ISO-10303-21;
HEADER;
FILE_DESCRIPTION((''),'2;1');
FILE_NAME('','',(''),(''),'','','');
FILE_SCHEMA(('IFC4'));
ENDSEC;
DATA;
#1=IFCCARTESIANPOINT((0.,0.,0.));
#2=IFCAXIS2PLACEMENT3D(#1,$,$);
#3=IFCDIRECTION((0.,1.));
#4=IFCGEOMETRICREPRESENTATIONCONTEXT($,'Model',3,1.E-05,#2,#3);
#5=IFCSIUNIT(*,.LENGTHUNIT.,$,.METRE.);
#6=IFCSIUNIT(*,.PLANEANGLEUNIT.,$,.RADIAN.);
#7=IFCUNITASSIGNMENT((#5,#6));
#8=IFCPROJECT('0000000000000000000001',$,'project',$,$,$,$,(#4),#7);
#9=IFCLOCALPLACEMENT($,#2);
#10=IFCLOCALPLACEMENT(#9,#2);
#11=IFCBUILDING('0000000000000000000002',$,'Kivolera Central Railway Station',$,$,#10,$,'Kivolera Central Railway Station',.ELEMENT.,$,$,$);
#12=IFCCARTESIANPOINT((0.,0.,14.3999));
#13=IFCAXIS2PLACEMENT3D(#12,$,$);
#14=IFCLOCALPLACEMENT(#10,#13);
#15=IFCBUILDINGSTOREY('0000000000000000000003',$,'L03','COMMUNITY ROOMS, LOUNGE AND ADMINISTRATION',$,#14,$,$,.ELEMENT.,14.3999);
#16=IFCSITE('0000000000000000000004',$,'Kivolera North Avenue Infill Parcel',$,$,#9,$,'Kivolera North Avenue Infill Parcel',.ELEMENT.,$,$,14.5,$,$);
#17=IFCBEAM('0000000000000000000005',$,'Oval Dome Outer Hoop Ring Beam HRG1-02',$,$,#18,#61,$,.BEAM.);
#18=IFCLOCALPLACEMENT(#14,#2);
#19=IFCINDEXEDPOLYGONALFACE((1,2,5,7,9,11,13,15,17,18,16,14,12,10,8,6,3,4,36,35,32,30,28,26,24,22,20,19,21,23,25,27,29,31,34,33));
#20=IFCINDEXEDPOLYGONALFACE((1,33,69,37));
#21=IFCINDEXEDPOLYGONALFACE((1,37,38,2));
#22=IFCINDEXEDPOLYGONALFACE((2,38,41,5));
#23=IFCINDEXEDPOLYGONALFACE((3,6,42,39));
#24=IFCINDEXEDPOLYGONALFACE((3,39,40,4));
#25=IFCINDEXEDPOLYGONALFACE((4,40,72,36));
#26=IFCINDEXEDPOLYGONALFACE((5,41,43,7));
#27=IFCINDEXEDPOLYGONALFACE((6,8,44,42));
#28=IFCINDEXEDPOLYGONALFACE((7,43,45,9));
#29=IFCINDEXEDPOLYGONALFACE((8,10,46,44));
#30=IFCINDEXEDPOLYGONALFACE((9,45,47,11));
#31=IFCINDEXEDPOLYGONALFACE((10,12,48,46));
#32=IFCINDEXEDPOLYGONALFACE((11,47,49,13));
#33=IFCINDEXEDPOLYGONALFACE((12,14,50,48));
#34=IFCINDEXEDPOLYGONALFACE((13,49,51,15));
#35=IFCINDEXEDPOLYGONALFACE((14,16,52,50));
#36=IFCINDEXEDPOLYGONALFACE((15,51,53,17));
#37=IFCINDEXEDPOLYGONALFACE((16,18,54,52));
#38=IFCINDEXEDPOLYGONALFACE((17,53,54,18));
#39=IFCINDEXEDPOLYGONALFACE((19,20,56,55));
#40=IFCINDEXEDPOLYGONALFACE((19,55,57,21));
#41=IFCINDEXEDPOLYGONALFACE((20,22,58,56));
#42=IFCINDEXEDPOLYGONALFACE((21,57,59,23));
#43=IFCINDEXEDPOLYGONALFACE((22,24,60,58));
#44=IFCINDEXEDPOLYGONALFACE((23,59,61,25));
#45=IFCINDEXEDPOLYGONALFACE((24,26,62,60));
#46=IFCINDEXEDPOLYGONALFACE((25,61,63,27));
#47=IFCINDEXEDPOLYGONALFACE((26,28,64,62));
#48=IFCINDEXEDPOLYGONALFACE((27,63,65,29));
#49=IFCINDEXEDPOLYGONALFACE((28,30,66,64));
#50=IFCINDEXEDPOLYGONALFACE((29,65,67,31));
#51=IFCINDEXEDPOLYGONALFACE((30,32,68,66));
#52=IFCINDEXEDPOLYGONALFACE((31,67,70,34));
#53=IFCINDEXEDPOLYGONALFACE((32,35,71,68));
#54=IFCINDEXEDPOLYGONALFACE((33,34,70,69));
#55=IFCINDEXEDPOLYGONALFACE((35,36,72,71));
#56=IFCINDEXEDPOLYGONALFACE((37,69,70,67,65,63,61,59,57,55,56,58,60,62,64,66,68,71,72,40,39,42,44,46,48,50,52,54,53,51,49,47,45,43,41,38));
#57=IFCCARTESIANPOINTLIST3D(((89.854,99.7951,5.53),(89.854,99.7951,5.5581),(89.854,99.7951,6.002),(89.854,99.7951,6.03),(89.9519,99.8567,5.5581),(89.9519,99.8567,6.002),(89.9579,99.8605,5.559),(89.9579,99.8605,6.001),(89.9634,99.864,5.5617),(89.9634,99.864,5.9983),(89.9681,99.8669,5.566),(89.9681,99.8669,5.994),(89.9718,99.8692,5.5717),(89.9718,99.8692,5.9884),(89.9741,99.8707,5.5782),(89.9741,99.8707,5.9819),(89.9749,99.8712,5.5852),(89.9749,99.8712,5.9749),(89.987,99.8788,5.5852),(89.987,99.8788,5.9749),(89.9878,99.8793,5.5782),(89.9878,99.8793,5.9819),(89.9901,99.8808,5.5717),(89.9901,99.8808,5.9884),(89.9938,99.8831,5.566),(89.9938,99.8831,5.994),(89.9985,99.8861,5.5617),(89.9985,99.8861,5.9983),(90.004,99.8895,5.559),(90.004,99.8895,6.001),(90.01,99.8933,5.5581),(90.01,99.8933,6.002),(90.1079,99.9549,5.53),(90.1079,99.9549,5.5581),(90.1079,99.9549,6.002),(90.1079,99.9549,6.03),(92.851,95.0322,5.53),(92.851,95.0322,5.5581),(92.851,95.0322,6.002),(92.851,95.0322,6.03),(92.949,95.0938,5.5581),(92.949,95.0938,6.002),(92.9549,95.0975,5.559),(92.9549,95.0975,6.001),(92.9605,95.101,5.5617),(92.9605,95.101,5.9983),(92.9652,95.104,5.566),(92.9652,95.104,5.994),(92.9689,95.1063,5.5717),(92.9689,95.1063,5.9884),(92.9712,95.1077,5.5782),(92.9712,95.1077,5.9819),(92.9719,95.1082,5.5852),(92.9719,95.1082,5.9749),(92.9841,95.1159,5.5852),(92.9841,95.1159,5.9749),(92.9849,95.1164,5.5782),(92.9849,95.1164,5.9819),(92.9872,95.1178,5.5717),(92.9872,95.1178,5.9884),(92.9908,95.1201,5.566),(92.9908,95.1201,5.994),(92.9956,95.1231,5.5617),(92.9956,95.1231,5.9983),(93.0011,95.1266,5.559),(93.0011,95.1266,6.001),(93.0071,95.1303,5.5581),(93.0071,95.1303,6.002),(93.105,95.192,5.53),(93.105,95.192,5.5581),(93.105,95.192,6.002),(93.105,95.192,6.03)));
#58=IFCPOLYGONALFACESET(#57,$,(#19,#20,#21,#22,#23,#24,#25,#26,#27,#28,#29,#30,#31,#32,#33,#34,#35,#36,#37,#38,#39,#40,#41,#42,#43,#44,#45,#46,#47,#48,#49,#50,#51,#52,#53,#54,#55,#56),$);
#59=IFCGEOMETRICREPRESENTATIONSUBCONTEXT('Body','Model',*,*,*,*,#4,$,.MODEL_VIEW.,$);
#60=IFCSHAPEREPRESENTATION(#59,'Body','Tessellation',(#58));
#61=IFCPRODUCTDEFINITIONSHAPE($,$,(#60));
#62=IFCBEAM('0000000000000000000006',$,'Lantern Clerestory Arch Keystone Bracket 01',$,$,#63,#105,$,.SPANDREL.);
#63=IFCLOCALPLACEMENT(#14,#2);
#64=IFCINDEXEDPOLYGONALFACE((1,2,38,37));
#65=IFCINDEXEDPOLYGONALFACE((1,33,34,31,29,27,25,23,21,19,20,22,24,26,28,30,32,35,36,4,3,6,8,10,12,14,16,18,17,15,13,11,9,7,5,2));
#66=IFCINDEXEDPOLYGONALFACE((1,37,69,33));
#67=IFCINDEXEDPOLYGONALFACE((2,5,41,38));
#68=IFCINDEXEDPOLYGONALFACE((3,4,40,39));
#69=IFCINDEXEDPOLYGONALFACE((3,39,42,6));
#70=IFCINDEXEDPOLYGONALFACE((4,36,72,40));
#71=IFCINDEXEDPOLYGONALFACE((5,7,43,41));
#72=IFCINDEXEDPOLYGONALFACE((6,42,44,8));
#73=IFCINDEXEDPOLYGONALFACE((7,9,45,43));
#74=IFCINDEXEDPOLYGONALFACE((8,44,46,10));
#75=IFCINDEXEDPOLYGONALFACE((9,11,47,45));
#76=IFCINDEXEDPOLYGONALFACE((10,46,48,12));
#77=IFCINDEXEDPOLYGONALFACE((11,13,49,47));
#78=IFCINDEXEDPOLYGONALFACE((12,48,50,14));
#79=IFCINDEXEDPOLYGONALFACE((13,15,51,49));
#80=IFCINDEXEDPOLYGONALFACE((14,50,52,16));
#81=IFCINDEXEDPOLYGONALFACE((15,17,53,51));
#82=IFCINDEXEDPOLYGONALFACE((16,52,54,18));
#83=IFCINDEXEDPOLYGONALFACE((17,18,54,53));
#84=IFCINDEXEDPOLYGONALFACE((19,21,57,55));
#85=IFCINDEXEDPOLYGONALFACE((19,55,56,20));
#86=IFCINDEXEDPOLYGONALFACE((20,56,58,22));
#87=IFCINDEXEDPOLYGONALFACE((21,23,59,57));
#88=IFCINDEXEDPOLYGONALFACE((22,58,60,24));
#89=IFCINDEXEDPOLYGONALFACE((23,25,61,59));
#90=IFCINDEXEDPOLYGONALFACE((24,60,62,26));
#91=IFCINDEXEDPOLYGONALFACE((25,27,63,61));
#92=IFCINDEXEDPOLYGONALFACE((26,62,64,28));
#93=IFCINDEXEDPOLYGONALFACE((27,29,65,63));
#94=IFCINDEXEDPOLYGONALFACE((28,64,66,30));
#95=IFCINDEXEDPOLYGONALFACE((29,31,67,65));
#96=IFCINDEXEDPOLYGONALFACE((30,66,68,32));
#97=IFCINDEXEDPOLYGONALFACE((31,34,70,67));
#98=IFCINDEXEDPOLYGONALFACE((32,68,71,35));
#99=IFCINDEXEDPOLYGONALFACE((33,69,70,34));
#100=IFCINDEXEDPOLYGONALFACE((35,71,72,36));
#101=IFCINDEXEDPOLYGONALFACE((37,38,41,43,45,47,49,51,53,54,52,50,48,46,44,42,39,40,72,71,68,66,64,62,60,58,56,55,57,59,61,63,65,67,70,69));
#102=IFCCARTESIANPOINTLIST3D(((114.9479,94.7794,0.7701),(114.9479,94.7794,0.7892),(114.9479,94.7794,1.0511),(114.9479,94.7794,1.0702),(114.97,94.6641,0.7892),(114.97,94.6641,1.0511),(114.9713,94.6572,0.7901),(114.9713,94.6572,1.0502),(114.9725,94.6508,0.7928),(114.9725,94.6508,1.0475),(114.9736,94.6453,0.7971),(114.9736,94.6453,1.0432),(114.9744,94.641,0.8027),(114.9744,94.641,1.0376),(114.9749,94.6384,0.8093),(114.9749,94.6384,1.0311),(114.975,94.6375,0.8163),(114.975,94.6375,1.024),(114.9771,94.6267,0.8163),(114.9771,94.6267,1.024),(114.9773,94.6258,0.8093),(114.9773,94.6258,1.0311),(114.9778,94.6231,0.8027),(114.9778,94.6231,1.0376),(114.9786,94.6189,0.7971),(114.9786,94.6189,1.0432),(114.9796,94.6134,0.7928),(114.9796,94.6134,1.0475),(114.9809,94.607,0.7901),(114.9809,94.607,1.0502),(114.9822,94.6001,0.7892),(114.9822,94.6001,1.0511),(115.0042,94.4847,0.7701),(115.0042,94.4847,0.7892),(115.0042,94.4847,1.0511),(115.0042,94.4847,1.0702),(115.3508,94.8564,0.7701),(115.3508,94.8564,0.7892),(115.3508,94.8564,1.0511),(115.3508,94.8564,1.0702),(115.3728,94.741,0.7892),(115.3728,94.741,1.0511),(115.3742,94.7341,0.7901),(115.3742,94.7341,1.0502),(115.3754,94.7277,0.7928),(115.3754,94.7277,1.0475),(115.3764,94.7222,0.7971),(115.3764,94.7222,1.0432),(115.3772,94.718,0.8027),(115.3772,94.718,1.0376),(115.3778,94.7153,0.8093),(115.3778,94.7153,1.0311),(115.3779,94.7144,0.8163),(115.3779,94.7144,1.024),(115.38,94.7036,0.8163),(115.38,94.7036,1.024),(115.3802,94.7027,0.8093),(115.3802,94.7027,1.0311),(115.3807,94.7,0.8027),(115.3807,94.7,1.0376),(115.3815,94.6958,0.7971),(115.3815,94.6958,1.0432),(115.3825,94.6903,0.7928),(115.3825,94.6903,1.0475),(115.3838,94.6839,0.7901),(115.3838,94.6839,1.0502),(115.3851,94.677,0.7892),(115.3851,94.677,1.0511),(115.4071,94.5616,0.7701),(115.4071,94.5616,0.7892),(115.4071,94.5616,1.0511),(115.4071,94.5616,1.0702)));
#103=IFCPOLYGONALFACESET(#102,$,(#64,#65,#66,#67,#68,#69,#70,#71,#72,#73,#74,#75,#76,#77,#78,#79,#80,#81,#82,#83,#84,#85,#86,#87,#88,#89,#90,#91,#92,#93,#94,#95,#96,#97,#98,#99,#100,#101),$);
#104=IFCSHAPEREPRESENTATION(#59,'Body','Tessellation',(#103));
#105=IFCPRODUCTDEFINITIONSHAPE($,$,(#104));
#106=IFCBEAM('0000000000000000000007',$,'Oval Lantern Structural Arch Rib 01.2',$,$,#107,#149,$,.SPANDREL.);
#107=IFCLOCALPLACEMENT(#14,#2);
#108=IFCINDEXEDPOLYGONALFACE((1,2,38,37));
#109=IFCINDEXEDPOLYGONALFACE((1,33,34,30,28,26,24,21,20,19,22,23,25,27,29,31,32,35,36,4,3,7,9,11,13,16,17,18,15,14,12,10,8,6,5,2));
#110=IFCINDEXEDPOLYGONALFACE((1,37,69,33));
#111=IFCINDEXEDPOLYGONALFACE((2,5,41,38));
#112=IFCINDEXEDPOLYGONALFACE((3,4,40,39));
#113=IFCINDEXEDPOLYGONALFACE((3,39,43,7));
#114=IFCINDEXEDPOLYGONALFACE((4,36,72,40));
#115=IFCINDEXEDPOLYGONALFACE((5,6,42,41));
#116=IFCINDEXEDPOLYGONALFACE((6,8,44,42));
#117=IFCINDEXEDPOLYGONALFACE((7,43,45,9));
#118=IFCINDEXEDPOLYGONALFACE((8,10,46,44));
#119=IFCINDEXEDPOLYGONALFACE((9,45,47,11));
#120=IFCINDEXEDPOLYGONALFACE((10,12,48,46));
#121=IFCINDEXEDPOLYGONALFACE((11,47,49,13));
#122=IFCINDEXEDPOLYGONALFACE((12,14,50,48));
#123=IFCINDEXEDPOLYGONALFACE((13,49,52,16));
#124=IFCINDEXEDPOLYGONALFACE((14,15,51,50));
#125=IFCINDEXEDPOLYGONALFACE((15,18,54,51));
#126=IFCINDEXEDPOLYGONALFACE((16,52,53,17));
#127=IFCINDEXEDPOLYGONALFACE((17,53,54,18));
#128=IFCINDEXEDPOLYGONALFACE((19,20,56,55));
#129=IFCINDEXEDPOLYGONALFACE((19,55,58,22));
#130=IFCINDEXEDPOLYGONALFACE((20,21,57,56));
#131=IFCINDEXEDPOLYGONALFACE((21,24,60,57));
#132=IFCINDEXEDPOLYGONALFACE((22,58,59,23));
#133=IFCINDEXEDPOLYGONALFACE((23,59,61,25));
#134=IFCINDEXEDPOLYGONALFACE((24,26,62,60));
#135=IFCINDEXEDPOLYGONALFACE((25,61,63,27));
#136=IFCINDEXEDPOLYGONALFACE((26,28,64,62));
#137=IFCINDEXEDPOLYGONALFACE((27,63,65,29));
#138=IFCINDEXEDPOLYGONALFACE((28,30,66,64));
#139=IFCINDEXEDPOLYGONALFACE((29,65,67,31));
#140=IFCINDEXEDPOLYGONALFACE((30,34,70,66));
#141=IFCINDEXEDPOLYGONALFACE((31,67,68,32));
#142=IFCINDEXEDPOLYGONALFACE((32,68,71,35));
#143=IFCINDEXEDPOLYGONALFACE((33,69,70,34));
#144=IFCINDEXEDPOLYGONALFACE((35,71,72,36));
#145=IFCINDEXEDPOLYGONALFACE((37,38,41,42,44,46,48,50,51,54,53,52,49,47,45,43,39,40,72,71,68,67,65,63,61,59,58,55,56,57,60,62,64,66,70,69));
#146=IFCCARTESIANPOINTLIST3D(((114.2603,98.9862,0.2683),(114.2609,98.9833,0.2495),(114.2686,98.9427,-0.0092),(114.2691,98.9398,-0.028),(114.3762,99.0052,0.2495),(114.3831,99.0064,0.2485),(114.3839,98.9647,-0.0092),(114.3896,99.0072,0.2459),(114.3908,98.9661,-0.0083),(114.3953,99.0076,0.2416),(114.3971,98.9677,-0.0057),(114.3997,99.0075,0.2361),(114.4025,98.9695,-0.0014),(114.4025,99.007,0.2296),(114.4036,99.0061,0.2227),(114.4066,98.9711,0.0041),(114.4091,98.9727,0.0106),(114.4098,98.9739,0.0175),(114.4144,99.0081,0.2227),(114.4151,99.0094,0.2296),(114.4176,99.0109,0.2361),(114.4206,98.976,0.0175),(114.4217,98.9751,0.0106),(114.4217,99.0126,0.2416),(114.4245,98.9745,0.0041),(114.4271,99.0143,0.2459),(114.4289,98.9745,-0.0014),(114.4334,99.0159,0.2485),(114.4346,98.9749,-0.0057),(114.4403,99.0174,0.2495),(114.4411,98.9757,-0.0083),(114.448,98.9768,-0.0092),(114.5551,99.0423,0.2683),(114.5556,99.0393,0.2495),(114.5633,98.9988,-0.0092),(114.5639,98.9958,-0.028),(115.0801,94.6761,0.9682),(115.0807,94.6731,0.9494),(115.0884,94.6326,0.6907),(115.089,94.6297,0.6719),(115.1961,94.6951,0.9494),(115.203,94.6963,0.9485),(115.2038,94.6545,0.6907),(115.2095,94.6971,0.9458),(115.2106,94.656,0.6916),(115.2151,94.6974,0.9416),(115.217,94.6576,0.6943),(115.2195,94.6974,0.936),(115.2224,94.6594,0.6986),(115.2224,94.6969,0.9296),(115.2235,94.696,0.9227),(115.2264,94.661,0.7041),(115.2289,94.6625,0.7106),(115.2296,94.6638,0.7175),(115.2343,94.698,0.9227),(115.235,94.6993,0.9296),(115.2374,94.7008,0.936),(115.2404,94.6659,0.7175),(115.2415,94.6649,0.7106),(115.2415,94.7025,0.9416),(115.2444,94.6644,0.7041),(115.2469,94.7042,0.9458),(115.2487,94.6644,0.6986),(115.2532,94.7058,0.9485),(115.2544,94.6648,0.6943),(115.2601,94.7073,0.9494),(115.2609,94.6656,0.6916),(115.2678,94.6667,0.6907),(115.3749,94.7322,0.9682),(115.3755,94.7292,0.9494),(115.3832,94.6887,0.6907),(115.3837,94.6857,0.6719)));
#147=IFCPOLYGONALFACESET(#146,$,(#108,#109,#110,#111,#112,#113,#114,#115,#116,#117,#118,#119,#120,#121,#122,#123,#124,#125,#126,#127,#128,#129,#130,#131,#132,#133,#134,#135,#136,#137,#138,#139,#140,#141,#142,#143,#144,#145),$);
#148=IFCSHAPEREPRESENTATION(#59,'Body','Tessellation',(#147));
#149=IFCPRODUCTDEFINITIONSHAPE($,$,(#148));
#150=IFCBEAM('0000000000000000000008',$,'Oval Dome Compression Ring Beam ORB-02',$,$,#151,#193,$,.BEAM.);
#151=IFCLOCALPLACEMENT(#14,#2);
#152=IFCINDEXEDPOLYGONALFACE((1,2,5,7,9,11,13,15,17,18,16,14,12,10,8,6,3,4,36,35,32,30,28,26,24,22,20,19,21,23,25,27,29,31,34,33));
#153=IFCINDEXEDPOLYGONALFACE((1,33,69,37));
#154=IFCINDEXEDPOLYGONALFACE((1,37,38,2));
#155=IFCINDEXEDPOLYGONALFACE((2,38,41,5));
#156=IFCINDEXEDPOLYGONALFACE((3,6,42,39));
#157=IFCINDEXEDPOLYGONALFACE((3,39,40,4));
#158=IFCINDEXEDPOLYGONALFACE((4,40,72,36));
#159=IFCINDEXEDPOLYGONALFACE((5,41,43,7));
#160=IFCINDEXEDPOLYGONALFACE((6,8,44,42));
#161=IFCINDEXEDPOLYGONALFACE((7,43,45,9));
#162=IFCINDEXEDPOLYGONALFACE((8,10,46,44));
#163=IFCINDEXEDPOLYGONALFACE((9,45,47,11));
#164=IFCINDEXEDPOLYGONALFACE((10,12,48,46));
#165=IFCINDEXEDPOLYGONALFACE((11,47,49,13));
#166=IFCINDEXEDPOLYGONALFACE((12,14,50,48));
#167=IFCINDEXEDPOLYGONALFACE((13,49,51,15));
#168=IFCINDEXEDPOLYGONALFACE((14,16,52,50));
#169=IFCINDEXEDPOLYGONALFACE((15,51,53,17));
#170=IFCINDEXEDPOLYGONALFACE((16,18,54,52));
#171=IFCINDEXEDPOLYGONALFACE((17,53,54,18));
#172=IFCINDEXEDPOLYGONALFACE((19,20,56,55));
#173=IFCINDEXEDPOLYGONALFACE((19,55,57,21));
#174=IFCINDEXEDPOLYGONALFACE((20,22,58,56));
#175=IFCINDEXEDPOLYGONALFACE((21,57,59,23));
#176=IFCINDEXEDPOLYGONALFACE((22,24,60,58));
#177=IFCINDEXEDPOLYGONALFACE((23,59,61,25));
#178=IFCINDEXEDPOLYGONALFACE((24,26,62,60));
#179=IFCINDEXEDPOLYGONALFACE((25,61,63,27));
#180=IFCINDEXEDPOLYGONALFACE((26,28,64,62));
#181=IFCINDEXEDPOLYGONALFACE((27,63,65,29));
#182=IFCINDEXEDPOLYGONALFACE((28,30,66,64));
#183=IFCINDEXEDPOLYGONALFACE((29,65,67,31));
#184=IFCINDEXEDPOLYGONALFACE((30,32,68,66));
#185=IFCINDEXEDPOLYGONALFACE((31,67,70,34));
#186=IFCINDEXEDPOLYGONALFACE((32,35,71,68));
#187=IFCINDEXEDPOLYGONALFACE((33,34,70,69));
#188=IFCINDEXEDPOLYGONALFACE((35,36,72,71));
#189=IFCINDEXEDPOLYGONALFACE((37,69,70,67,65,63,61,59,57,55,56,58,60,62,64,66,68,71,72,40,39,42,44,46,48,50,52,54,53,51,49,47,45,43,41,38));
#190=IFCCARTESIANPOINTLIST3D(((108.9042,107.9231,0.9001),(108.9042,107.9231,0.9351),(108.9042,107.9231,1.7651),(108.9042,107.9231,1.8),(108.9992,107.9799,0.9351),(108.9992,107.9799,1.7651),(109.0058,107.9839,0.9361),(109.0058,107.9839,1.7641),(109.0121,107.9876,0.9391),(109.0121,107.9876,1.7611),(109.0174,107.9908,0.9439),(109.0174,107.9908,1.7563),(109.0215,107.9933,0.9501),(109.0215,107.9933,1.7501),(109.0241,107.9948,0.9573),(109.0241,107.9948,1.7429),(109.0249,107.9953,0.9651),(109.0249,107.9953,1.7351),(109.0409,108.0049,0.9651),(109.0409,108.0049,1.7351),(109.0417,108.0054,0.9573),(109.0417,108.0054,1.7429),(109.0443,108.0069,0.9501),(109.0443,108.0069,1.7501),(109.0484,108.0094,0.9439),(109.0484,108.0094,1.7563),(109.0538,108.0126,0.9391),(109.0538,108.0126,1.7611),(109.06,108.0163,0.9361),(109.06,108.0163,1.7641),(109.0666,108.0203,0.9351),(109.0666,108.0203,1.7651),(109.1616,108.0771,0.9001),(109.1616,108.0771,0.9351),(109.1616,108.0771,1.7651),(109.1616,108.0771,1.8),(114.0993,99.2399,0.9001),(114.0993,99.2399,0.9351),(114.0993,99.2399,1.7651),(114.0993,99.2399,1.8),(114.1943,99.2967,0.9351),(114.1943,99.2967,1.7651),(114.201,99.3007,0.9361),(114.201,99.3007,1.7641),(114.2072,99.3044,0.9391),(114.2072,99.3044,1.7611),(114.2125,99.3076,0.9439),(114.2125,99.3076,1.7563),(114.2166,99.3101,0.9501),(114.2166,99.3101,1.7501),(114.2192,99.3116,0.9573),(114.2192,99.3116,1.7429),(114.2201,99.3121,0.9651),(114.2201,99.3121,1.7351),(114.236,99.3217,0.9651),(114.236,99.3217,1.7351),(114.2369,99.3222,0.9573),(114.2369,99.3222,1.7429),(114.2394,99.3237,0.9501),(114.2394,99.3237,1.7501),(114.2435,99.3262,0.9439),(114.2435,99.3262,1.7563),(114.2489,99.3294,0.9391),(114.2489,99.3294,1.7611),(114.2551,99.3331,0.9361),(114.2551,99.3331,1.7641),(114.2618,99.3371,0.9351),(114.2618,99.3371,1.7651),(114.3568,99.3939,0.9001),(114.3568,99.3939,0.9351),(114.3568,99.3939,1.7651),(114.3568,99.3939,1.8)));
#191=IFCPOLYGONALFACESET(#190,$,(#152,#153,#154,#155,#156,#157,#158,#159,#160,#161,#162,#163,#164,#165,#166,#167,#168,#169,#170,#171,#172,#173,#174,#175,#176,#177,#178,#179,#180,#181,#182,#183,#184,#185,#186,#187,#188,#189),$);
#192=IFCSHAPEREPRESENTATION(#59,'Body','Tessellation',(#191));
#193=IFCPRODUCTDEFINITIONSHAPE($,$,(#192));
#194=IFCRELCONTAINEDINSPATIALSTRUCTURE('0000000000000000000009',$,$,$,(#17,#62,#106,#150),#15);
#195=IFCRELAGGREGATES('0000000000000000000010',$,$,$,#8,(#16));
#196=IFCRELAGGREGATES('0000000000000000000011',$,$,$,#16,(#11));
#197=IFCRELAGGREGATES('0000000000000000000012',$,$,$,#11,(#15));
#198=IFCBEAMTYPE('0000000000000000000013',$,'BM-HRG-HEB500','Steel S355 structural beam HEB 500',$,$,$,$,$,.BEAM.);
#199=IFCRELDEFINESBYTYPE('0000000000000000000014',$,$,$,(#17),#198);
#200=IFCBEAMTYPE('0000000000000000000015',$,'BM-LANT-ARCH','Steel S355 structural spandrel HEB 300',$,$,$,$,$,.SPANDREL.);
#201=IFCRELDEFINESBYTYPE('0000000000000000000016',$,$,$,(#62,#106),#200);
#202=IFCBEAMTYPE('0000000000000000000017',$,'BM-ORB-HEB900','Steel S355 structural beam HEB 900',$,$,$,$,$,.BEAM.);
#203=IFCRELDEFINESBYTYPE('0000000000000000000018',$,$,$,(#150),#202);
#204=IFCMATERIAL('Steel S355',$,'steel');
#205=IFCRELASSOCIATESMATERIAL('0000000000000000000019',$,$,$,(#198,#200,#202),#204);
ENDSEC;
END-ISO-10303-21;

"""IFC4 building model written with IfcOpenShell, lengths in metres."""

from ifc_helpers import new_model, si_unit, direction, frame, origin, origin_2d, place, context, subcontext, project, spatial, i_section, extrude, material, material_profile, profile_set, type_object, element, save


model = new_model("IFC4")

# Units and contexts
model_context = context("Model", 3, precision=1e-05, world=origin(), true_north=direction((0.0, 1.0)))
body_context = subcontext(model_context, "Body", "Model", "MODEL_VIEW")
ifc_project = project(units=[si_unit("LENGTHUNIT", "METRE"), si_unit("PLANEANGLEUNIT", "RADIAN")], contexts=[model_context])

# Site, building, storey
site_placement = place(None, origin())
site = spatial("IfcSite", under=ifc_project, at=site_placement, Name="Kivolera North Avenue Infill Parcel", LongName="Kivolera North Avenue Infill Parcel", CompositionType="ELEMENT", RefElevation=14.5)
building_placement = place(site_placement, origin())
building = spatial("IfcBuilding", under=site, at=building_placement, Name="Kivolera Central Railway Station", LongName="Kivolera Central Railway Station", CompositionType="ELEMENT")
storey_placement = place(building_placement, frame((0.0, 0.0, 14.3999)))
storey = spatial("IfcBuildingStorey", under=building, at=storey_placement, Name="L03", Description="COMMUNITY ROOMS, LOUNGE AND ADMINISTRATION", CompositionType="ELEMENT", Elevation=14.3999)

# Beams
ifc_material_1 = material(Name="Steel S355", Category="steel")
ifc_material_profile_1 = material_profile(ifc_material_1, i_section(OverallWidth=0.3, OverallDepth=0.5, WebThickness=0.0144, FlangeThickness=0.0281, FilletRadius=0.0271, at=origin_2d()), Name="HEB 500")
ifc_profile_set_1 = profile_set([ifc_material_profile_1], Name="Steel S355")
beam_type_1 = type_object("IfcBeamType", Name="BM-HRG-HEB500", Description="Steel S355 structural beam HEB 500", PredefinedType="BEAM", material=ifc_profile_set_1)
beam_1_placement = place(storey_placement, frame((92.978, 95.1121, 5.78), z_axis=(-0.532582, 0.846378, 0.0), x_axis=(-0.846378, -0.532582, 0.0)))
element("IfcBeam", 1, at=beam_1_placement, inside=storey, type_object=beam_type_1, Name="Oval Dome Outer Hoop Ring Beam HRG1-02", PredefinedType="BEAM", context=body_context, shape_type="SweptSolid", body=[
    extrude(i_section(OverallWidth=0.3, OverallDepth=0.5, WebThickness=0.0144, FlangeThickness=0.0281, FilletRadius=0.0271, at=origin_2d()), origin(), (0.0, 0.0, 1.0), 5.6274),
])
ifc_material_profile_2 = material_profile(ifc_material_1, i_section(OverallWidth=0.3, OverallDepth=0.3, WebThickness=0.011, FlangeThickness=0.019, FilletRadius=0.0271, at=origin_2d()), Name="HEB 300")
ifc_profile_set_2 = profile_set([ifc_material_profile_2], Name="Steel S355")
beam_type_2 = type_object("IfcBeamType", Name="BM-LANT-ARCH", Description="Steel S355 structural spandrel HEB 300", PredefinedType="SPANDREL", material=ifc_profile_set_2)
beam_2_placement = place(storey_placement, frame((114.9761, 94.6321, 0.9202), z_axis=(0.98226, 0.187522, 0.0), x_axis=(-0.187522, 0.98226, 0.0)))
element("IfcBeam", 2, at=beam_2_placement, inside=storey, type_object=beam_type_2, Name="Lantern Clerestory Arch Keystone Bracket 01", PredefinedType="SPANDREL", context=body_context, shape_type="SweptSolid", body=[
    extrude(i_section(OverallWidth=0.3, OverallDepth=0.3, WebThickness=0.011, FlangeThickness=0.019, FilletRadius=0.0271, at=origin_2d()), origin(), (0.0, 0.0, 1.0), 0.4102),
])
beam_3_placement = place(storey_placement, frame((115.2319, 94.6809, 0.8201), z_axis=(-0.184528, 0.970118, -0.157547), x_axis=(-0.982386, -0.186862, 0.0)))
element("IfcBeam", 3, at=beam_3_placement, inside=storey, type_object=beam_type_2, Name="Oval Lantern Structural Arch Rib 01.2", PredefinedType="SPANDREL", context=body_context, shape_type="SweptSolid", body=[
    extrude(i_section(OverallWidth=0.3, OverallDepth=0.3, WebThickness=0.011, FlangeThickness=0.019, FilletRadius=0.0271, at=origin_2d()), origin(), (0.0, 0.0, 1.0), 4.4429),
])
ifc_material_profile_3 = material_profile(ifc_material_1, i_section(OverallWidth=0.3, OverallDepth=0.8999, WebThickness=0.0186, FlangeThickness=0.0349, FilletRadius=0.03, at=origin_2d()), Name="HEB 900")
ifc_profile_set_3 = profile_set([ifc_material_profile_3], Name="Steel S355")
beam_type_3 = type_object("IfcBeamType", Name="BM-ORB-HEB900", Description="Steel S355 structural beam HEB 900", PredefinedType="BEAM", material=ifc_profile_set_3)
beam_4_placement = place(storey_placement, frame((114.228, 99.3169, 1.3501), z_axis=(-0.51342, 0.858137, 0.0), x_axis=(-0.858137, -0.51342, 0.0)))
element("IfcBeam", 4, at=beam_4_placement, inside=storey, type_object=beam_type_3, Name="Oval Dome Compression Ring Beam ORB-02", PredefinedType="BEAM", context=body_context, shape_type="SweptSolid", body=[
    extrude(i_section(OverallWidth=0.3, OverallDepth=0.8999, WebThickness=0.0186, FlangeThickness=0.0349, FilletRadius=0.03, at=origin_2d()), origin(), (0.0, 0.0, 1.0), 10.1187),
])

save(model, "model.ifc")
